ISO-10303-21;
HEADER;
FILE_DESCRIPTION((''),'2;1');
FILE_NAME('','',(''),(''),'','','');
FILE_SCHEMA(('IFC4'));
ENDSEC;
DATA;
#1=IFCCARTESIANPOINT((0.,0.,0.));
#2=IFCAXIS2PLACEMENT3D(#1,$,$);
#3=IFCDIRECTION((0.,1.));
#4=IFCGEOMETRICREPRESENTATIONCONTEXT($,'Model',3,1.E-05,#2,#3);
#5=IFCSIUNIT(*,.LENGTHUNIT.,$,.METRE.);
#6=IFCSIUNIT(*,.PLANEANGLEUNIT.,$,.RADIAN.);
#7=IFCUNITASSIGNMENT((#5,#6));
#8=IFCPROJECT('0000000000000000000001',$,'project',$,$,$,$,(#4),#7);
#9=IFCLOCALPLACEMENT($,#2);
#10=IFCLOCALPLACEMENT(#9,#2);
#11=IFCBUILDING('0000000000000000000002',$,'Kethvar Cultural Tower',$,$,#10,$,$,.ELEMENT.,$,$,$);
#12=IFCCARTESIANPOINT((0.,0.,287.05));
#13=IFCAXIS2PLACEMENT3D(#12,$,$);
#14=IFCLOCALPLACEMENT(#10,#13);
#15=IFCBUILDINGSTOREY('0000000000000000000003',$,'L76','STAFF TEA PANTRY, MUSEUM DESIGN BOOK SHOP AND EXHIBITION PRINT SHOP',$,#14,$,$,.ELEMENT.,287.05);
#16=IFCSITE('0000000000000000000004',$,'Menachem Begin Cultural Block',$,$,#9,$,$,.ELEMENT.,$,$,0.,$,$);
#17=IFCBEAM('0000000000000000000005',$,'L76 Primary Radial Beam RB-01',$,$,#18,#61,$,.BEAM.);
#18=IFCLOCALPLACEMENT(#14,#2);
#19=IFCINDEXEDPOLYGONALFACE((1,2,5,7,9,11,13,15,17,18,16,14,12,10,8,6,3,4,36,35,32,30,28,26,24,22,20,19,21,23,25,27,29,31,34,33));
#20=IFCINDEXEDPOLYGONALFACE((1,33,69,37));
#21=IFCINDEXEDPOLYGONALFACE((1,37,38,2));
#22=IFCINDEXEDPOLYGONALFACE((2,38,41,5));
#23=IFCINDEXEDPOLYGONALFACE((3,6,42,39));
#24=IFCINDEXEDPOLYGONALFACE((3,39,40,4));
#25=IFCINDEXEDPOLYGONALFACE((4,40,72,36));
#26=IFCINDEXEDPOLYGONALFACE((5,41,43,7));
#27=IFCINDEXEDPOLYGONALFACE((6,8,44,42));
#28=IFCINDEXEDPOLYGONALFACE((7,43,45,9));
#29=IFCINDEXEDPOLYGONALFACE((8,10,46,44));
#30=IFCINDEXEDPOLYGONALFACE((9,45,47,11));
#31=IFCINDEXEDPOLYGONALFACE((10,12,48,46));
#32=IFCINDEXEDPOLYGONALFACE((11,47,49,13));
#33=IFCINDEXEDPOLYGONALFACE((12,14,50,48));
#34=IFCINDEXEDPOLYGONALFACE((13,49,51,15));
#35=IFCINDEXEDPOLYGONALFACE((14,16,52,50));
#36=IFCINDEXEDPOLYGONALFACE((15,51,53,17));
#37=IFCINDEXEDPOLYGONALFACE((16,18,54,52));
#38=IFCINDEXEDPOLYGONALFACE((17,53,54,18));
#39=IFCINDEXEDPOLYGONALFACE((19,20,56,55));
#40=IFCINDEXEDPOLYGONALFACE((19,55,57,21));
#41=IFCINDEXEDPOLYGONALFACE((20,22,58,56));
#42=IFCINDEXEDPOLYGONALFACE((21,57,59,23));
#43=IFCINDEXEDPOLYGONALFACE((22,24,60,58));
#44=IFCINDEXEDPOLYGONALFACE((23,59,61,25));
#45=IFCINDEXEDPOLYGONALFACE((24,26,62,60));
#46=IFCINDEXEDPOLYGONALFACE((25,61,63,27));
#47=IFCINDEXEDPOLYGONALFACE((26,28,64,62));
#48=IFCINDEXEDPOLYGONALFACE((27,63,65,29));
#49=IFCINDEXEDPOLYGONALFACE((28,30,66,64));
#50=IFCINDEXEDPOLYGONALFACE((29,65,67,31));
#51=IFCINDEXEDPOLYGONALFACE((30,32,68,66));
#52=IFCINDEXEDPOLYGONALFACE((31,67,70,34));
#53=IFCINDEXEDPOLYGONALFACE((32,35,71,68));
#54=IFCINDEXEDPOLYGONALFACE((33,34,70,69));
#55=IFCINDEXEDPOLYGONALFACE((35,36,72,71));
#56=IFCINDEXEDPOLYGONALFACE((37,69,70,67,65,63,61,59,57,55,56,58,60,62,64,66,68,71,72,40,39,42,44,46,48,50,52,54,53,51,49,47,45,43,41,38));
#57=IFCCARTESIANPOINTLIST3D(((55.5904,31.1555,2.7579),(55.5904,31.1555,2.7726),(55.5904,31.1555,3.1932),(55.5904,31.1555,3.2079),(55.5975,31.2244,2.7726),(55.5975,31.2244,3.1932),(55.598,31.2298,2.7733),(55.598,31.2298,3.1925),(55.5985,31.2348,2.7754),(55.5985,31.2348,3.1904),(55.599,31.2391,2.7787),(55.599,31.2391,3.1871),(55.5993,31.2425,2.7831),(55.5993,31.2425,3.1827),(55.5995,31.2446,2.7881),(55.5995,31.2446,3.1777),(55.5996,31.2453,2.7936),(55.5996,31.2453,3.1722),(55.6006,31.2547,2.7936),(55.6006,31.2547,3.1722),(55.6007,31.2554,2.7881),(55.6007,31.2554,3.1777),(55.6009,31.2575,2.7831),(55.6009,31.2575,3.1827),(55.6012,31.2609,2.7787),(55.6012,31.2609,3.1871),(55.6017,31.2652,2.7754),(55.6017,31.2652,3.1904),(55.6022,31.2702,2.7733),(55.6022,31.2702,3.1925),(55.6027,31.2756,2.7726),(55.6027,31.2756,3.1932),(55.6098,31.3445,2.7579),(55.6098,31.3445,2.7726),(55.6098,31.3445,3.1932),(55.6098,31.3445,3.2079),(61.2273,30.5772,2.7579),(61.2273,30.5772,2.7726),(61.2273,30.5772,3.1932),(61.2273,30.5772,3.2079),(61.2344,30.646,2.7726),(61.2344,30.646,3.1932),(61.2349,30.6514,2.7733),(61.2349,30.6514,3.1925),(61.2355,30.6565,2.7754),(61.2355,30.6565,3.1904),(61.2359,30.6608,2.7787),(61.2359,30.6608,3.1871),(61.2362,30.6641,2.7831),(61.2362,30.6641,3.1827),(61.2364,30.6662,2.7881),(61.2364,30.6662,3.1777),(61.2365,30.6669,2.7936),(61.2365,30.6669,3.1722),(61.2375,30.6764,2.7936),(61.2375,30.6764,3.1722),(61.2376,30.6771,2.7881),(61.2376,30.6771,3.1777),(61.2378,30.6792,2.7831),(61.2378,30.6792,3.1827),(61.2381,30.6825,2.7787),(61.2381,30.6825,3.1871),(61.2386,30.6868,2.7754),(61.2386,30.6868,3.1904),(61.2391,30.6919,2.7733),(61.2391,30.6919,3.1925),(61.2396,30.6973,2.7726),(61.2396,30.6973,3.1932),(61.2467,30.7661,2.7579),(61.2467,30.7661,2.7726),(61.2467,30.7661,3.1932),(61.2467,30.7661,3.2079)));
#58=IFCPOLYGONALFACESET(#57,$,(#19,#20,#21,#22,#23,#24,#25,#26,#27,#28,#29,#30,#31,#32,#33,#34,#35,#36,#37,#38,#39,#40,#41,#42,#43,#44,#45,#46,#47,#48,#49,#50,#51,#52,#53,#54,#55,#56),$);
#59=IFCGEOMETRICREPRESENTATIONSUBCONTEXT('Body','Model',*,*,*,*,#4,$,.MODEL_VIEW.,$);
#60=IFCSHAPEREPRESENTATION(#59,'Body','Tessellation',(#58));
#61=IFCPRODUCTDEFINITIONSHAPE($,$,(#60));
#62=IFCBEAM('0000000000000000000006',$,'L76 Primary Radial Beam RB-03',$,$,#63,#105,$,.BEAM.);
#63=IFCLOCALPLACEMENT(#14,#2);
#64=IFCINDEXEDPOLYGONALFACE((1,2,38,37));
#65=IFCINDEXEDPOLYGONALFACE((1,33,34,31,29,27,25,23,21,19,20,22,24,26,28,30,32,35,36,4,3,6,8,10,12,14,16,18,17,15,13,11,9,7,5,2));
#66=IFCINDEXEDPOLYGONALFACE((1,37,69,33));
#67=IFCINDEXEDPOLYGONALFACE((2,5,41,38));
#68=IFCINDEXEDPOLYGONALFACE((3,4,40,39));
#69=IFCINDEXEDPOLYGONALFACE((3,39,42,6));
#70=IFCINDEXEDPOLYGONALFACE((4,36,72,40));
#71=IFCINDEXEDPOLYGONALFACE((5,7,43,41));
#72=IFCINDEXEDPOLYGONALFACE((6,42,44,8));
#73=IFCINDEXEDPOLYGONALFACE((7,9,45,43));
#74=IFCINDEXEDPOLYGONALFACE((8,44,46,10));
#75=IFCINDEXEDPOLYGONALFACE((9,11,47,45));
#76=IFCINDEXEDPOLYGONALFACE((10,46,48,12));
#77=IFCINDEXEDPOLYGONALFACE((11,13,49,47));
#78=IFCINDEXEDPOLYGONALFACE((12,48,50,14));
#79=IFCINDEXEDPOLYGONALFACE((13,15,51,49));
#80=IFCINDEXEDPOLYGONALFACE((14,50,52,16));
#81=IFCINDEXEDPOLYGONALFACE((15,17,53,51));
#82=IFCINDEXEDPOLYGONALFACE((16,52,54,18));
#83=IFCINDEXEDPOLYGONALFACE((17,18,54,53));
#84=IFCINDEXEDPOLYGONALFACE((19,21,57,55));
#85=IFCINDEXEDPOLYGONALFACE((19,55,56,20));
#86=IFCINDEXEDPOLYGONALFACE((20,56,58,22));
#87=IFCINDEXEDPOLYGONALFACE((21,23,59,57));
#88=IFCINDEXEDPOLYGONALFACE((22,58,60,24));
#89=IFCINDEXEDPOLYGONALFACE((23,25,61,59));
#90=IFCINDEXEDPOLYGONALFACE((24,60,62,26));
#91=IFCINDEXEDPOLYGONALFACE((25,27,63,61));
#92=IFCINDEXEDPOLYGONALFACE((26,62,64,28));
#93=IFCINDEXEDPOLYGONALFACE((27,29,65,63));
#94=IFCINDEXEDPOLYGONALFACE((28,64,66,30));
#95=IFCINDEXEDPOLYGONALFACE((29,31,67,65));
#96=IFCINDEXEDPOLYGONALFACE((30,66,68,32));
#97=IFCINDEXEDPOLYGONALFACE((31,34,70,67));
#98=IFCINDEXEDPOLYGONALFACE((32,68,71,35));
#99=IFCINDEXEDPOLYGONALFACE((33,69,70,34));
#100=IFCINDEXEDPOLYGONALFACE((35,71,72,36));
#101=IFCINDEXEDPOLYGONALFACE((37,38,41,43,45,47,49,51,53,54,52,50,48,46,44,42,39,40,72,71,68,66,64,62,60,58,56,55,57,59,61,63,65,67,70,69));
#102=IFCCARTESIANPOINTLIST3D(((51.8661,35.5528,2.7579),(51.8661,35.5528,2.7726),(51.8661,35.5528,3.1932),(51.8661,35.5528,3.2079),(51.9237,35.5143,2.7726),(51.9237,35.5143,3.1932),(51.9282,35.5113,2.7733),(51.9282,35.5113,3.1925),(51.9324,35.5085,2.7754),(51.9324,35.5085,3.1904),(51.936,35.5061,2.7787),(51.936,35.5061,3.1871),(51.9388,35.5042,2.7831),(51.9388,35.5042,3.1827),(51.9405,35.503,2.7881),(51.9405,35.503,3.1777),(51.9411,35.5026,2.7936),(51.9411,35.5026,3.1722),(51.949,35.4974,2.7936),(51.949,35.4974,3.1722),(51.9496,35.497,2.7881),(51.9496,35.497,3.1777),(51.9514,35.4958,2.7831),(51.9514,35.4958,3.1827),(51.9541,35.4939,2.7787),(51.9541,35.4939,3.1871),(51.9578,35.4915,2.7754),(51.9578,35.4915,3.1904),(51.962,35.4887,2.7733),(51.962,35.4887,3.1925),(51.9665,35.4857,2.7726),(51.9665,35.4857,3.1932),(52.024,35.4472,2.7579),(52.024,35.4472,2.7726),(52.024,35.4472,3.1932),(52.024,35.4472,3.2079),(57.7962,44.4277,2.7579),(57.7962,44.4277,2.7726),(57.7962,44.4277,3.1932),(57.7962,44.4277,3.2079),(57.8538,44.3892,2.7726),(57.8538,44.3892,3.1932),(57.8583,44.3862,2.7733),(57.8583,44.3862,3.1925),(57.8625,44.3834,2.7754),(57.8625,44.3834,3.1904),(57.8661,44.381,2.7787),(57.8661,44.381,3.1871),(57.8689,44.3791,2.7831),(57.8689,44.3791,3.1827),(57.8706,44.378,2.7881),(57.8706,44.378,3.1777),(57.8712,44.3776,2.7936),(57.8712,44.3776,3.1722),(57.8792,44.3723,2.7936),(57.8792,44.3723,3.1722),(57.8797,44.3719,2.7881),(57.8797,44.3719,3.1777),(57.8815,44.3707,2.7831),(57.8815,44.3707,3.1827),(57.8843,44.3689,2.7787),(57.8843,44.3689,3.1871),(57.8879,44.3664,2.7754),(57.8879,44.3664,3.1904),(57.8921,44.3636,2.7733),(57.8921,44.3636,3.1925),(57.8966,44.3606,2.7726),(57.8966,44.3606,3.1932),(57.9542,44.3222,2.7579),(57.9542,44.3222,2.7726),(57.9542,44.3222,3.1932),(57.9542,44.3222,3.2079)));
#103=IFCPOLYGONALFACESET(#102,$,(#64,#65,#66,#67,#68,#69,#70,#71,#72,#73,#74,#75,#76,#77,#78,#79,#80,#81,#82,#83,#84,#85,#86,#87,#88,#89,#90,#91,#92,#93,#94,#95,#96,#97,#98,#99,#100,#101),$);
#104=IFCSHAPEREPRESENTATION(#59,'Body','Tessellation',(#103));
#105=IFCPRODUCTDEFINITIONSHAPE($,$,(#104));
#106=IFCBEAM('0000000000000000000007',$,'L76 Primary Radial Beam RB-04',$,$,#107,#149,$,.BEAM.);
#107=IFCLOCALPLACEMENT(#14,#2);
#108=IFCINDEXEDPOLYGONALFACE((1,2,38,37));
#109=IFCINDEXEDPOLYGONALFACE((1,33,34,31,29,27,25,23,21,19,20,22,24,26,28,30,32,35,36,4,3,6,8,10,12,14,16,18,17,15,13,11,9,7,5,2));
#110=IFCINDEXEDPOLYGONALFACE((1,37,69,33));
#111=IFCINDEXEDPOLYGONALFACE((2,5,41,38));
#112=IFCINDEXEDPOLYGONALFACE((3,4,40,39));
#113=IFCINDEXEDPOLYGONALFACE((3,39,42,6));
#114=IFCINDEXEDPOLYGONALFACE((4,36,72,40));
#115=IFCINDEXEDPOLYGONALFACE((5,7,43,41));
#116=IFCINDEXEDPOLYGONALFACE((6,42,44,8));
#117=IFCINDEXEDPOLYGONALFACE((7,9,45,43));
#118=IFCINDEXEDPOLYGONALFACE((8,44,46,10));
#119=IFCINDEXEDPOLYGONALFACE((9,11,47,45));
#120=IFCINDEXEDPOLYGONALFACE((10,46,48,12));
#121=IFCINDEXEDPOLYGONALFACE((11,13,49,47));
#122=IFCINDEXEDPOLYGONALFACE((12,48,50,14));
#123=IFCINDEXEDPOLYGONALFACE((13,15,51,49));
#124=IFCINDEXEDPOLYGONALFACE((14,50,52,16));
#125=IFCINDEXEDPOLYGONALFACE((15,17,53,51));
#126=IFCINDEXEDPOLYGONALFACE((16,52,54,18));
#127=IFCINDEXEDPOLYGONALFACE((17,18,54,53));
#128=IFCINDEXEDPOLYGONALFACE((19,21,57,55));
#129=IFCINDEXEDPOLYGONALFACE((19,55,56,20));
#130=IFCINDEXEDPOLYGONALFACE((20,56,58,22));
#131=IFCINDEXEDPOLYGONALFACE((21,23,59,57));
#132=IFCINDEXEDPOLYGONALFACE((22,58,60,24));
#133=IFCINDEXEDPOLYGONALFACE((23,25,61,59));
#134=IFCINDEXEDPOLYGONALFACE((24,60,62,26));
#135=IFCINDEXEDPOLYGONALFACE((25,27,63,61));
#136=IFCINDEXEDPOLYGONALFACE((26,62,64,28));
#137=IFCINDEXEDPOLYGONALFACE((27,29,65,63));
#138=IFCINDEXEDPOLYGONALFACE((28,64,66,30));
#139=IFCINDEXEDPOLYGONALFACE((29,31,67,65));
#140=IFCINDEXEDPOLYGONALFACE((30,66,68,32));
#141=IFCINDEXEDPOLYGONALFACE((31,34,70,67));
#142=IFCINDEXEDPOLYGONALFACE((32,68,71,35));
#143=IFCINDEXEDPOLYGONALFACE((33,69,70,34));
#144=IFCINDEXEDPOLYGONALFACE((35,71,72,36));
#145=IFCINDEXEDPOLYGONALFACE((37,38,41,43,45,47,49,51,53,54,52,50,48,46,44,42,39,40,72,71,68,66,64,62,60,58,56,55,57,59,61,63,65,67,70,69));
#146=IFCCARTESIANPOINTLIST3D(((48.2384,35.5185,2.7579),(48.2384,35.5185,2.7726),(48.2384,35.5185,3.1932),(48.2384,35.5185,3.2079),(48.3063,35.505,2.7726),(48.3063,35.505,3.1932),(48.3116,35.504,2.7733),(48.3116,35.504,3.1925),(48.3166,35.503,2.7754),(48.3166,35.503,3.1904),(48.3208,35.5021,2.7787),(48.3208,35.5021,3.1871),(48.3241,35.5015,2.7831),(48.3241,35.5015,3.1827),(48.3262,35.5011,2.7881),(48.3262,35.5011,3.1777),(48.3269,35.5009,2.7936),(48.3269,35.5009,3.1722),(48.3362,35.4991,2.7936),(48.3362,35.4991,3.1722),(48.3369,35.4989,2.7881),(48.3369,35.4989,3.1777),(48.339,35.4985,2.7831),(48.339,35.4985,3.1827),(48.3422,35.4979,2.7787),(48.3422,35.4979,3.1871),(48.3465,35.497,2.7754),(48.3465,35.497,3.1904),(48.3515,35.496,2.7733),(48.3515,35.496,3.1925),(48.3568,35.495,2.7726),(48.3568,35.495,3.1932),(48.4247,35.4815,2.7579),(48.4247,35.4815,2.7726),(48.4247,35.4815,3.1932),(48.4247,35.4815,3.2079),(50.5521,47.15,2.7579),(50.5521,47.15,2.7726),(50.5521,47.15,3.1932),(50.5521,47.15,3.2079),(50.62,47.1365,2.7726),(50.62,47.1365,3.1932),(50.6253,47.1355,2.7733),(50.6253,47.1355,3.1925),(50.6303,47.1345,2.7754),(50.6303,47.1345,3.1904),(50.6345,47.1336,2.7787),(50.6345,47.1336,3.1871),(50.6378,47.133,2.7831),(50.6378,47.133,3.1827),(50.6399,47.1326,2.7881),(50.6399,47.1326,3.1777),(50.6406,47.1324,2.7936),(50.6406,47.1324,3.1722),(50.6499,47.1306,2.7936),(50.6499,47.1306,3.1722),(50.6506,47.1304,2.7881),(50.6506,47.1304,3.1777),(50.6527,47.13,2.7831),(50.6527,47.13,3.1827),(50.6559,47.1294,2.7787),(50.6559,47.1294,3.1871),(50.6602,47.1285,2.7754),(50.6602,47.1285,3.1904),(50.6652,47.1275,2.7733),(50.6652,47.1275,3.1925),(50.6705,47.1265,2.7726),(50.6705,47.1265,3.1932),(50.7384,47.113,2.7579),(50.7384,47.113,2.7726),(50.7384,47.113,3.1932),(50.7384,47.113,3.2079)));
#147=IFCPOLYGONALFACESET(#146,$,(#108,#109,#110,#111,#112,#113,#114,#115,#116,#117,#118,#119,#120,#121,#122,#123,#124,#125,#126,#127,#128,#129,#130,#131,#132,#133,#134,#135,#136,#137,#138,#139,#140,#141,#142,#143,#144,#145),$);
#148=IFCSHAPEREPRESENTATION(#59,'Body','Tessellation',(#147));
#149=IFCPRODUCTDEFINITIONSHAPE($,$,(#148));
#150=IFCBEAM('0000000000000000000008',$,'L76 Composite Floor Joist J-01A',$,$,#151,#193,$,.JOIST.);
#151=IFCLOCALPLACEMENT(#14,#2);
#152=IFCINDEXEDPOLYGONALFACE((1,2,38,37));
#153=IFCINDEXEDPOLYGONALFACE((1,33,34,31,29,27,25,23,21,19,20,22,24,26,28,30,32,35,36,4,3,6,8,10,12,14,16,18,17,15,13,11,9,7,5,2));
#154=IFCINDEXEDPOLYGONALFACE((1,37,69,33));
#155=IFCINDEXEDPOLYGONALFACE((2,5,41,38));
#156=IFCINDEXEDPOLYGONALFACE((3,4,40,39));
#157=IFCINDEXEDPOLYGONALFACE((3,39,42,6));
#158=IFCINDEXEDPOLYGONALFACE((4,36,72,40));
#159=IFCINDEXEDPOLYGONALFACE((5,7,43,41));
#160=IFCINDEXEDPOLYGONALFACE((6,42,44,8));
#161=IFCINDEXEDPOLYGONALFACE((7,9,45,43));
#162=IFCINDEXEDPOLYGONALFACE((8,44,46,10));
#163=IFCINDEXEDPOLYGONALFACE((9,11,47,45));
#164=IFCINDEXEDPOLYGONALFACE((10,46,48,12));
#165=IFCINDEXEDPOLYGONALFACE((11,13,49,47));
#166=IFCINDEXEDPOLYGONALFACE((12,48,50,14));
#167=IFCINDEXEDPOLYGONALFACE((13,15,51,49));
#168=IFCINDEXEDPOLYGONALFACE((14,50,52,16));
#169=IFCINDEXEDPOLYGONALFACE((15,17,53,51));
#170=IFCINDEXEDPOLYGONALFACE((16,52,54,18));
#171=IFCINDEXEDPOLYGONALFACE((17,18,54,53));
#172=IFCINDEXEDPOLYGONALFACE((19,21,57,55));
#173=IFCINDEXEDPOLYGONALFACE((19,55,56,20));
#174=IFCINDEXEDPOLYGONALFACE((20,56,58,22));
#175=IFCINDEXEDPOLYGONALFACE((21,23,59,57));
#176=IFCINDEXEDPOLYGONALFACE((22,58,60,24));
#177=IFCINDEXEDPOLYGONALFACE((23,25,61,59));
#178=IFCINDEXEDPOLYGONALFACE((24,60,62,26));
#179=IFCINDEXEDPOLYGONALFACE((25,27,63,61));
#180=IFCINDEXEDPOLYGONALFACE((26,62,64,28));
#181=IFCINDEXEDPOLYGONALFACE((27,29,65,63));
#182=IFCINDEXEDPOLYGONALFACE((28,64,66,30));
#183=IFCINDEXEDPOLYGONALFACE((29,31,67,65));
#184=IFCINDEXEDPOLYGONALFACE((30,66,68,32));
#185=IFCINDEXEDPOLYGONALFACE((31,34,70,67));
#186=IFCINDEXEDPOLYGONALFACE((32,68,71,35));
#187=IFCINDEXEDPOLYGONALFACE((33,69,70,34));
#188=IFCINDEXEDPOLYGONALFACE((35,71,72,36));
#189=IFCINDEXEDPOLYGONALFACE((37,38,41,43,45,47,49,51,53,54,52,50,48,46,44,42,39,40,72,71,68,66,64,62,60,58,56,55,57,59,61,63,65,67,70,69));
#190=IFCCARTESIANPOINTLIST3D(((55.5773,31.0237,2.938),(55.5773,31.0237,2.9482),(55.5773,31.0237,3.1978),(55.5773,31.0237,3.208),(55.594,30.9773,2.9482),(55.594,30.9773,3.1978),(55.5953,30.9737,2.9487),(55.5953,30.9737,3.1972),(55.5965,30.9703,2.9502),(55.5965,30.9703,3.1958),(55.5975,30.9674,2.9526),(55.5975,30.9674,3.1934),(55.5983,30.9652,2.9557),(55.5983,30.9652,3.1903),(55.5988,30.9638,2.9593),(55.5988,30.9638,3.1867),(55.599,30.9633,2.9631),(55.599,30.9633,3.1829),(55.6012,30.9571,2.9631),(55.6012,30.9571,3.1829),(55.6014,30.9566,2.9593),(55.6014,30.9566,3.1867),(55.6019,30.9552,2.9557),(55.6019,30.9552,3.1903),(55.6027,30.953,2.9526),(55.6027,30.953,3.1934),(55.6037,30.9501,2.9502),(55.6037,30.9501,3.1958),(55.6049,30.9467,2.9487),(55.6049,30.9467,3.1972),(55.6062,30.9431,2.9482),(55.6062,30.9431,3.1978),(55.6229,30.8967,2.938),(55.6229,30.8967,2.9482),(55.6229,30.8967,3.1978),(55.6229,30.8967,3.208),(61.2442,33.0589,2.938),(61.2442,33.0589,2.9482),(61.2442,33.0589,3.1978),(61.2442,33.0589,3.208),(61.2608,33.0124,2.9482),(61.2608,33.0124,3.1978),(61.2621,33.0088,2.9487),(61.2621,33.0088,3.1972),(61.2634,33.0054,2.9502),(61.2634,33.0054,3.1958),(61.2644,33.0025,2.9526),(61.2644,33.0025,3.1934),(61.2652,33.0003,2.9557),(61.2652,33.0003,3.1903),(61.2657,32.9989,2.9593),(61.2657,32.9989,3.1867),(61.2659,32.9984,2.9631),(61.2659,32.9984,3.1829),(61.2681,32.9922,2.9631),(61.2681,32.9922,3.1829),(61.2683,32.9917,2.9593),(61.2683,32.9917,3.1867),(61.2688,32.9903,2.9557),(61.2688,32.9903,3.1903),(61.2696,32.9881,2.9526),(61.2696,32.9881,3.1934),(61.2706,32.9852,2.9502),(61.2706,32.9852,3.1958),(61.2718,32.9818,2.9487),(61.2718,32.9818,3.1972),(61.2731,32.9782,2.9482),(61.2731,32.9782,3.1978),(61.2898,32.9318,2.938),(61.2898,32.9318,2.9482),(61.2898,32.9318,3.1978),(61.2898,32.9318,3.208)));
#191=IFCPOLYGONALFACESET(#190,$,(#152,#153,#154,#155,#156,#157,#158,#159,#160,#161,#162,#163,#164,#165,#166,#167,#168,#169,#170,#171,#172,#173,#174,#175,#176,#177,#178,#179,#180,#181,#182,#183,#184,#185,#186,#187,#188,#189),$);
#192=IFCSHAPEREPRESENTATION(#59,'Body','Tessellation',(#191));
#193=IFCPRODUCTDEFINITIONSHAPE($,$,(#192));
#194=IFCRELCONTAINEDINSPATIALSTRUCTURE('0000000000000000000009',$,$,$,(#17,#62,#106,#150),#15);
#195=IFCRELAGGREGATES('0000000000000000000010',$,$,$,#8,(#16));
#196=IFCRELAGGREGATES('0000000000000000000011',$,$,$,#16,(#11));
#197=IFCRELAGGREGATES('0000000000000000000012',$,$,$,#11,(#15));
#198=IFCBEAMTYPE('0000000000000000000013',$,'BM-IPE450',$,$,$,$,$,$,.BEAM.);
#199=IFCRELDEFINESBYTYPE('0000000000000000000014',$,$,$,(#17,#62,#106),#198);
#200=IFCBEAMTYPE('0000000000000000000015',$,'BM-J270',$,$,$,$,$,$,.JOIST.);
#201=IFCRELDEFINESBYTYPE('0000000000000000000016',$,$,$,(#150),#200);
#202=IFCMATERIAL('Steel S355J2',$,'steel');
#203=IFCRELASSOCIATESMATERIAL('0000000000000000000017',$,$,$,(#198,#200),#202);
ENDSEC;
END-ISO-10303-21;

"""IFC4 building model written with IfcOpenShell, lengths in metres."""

from ifc_helpers import new_model, si_unit, direction, frame, origin, origin_2d, place, context, subcontext, project, spatial, i_section, extrude, source, transform, mapped, material, material_profile, profile_set, type_object, element, save


model = new_model("IFC4")

# Units and contexts
model_context = context("Model", 3, precision=1e-05, world=origin(), true_north=direction((0.0, 1.0)))
body_context = subcontext(model_context, "Body", "Model", "MODEL_VIEW")
ifc_project = project(units=[si_unit("LENGTHUNIT", "METRE"), si_unit("PLANEANGLEUNIT", "RADIAN")], contexts=[model_context])

# Site, building, storey
site_placement = place(None, origin())
site = spatial("IfcSite", under=ifc_project, at=site_placement, Name="Menachem Begin Cultural Block", CompositionType="ELEMENT", RefElevation=0.0)
building_placement = place(site_placement, origin())
building = spatial("IfcBuilding", under=site, at=building_placement, Name="Kethvar Cultural Tower", CompositionType="ELEMENT")
storey_placement = place(building_placement, frame((0.0, 0.0, 287.05)))
storey = spatial("IfcBuildingStorey", under=building, at=storey_placement, Name="L76", Description="STAFF TEA PANTRY, MUSEUM DESIGN BOOK SHOP AND EXHIBITION PRINT SHOP", CompositionType="ELEMENT", Elevation=287.05)

# Beams
ifc_material_1 = material(Name="Steel S355J2", Category="steel")
ifc_material_profile_1 = material_profile(ifc_material_1, i_section(OverallWidth=0.1899, OverallDepth=0.45, WebThickness=0.0095, FlangeThickness=0.0146, FilletRadius=0.021, at=origin_2d()), Name="Steel S355J2 — IPE450")
ifc_profile_set_1 = profile_set([ifc_material_profile_1], Name="Steel S355J2 — IPE450")
beam_type_1 = type_object("IfcBeamType", Name="BM-IPE450", PredefinedType="BEAM", material=ifc_profile_set_1)
shared_shape_1 = source(origin(), body_context, "Body", "SweptSolid", [
    extrude(i_section(OverallWidth=0.1899, OverallDepth=0.45, WebThickness=0.0095, FlangeThickness=0.0146, FilletRadius=0.021, at=origin_2d()), origin(), (0.0, 0.0, 1.0), 5.6665),
])
beam_1_placement = place(storey_placement, frame((55.6001, 31.25, 2.9829), z_axis=(0.994778, -0.102067, 0.0), x_axis=(0.102067, 0.994778, 0.0)))
element("IfcBeam", 1, at=beam_1_placement, inside=storey, type_object=beam_type_1, Name="L76 Primary Radial Beam RB-01", PredefinedType="BEAM", context=body_context, shape_type="MappedRepresentation", body=[
    mapped(shared_shape_1, transform((0.0, 0.0, 0.0), scale=1.0)),
])
shared_shape_2 = source(origin(), body_context, "Body", "SweptSolid", [
    extrude(i_section(OverallWidth=0.1899, OverallDepth=0.45, WebThickness=0.0095, FlangeThickness=0.0146, FilletRadius=0.021, at=origin_2d()), origin(), (0.0, 0.0, 1.0), 10.6738),
])
beam_2_placement = place(storey_placement, frame((51.9451, 35.5, 2.9829), z_axis=(0.555576, 0.831466, 0.0), x_axis=(-0.831466, 0.555576, 0.0)))
element("IfcBeam", 2, at=beam_2_placement, inside=storey, type_object=beam_type_1, Name="L76 Primary Radial Beam RB-03", PredefinedType="BEAM", context=body_context, shape_type="MappedRepresentation", body=[
    mapped(shared_shape_2, transform((0.0, 0.0, 0.0), scale=1.0)),
])
shared_shape_3 = source(origin(), body_context, "Body", "SweptSolid", [
    extrude(i_section(OverallWidth=0.1899, OverallDepth=0.45, WebThickness=0.0095, FlangeThickness=0.0146, FilletRadius=0.021, at=origin_2d()), origin(), (0.0, 0.0, 1.0), 11.8594),
])
beam_3_placement = place(storey_placement, frame((48.3315, 35.5, 2.9829), z_axis=(0.195095, 0.980784, 0.0), x_axis=(-0.980784, 0.195095, 0.0)))
element("IfcBeam", 3, at=beam_3_placement, inside=storey, type_object=beam_type_1, Name="L76 Primary Radial Beam RB-04", PredefinedType="BEAM", context=body_context, shape_type="MappedRepresentation", body=[
    mapped(shared_shape_3, transform((0.0, 0.0, 0.0), scale=1.0)),
])
ifc_material_profile_2 = material_profile(ifc_material_1, i_section(OverallWidth=0.135, OverallDepth=0.27, WebThickness=0.0066, FlangeThickness=0.0103, FilletRadius=0.0149, at=origin_2d()), Name="Steel S355J2 — IPE270")
ifc_profile_set_2 = profile_set([ifc_material_profile_2], Name="Steel S355J2 — IPE270")
beam_type_2 = type_object("IfcBeamType", Name="BM-J270", PredefinedType="JOIST", material=ifc_profile_set_2)
shared_shape_4 = source(origin(), body_context, "Body", "SweptSolid", [
    extrude(i_section(OverallWidth=0.135, OverallDepth=0.27, WebThickness=0.0066, FlangeThickness=0.0103, FilletRadius=0.0149, at=origin_2d()), origin(), (0.0, 0.0, 1.0), 6.0212),
])
beam_4_placement = place(storey_placement, frame((55.6001, 30.9602, 3.073), z_axis=(0.94115, 0.33799, 0.0), x_axis=(-0.33799, 0.94115, 0.0)))
element("IfcBeam", 4, at=beam_4_placement, inside=storey, type_object=beam_type_2, Name="L76 Composite Floor Joist J-01A", PredefinedType="JOIST", context=body_context, shape_type="MappedRepresentation", body=[
    mapped(shared_shape_4, transform((0.0, 0.0, 0.0), scale=1.0)),
])

save(model, "model.ifc")
